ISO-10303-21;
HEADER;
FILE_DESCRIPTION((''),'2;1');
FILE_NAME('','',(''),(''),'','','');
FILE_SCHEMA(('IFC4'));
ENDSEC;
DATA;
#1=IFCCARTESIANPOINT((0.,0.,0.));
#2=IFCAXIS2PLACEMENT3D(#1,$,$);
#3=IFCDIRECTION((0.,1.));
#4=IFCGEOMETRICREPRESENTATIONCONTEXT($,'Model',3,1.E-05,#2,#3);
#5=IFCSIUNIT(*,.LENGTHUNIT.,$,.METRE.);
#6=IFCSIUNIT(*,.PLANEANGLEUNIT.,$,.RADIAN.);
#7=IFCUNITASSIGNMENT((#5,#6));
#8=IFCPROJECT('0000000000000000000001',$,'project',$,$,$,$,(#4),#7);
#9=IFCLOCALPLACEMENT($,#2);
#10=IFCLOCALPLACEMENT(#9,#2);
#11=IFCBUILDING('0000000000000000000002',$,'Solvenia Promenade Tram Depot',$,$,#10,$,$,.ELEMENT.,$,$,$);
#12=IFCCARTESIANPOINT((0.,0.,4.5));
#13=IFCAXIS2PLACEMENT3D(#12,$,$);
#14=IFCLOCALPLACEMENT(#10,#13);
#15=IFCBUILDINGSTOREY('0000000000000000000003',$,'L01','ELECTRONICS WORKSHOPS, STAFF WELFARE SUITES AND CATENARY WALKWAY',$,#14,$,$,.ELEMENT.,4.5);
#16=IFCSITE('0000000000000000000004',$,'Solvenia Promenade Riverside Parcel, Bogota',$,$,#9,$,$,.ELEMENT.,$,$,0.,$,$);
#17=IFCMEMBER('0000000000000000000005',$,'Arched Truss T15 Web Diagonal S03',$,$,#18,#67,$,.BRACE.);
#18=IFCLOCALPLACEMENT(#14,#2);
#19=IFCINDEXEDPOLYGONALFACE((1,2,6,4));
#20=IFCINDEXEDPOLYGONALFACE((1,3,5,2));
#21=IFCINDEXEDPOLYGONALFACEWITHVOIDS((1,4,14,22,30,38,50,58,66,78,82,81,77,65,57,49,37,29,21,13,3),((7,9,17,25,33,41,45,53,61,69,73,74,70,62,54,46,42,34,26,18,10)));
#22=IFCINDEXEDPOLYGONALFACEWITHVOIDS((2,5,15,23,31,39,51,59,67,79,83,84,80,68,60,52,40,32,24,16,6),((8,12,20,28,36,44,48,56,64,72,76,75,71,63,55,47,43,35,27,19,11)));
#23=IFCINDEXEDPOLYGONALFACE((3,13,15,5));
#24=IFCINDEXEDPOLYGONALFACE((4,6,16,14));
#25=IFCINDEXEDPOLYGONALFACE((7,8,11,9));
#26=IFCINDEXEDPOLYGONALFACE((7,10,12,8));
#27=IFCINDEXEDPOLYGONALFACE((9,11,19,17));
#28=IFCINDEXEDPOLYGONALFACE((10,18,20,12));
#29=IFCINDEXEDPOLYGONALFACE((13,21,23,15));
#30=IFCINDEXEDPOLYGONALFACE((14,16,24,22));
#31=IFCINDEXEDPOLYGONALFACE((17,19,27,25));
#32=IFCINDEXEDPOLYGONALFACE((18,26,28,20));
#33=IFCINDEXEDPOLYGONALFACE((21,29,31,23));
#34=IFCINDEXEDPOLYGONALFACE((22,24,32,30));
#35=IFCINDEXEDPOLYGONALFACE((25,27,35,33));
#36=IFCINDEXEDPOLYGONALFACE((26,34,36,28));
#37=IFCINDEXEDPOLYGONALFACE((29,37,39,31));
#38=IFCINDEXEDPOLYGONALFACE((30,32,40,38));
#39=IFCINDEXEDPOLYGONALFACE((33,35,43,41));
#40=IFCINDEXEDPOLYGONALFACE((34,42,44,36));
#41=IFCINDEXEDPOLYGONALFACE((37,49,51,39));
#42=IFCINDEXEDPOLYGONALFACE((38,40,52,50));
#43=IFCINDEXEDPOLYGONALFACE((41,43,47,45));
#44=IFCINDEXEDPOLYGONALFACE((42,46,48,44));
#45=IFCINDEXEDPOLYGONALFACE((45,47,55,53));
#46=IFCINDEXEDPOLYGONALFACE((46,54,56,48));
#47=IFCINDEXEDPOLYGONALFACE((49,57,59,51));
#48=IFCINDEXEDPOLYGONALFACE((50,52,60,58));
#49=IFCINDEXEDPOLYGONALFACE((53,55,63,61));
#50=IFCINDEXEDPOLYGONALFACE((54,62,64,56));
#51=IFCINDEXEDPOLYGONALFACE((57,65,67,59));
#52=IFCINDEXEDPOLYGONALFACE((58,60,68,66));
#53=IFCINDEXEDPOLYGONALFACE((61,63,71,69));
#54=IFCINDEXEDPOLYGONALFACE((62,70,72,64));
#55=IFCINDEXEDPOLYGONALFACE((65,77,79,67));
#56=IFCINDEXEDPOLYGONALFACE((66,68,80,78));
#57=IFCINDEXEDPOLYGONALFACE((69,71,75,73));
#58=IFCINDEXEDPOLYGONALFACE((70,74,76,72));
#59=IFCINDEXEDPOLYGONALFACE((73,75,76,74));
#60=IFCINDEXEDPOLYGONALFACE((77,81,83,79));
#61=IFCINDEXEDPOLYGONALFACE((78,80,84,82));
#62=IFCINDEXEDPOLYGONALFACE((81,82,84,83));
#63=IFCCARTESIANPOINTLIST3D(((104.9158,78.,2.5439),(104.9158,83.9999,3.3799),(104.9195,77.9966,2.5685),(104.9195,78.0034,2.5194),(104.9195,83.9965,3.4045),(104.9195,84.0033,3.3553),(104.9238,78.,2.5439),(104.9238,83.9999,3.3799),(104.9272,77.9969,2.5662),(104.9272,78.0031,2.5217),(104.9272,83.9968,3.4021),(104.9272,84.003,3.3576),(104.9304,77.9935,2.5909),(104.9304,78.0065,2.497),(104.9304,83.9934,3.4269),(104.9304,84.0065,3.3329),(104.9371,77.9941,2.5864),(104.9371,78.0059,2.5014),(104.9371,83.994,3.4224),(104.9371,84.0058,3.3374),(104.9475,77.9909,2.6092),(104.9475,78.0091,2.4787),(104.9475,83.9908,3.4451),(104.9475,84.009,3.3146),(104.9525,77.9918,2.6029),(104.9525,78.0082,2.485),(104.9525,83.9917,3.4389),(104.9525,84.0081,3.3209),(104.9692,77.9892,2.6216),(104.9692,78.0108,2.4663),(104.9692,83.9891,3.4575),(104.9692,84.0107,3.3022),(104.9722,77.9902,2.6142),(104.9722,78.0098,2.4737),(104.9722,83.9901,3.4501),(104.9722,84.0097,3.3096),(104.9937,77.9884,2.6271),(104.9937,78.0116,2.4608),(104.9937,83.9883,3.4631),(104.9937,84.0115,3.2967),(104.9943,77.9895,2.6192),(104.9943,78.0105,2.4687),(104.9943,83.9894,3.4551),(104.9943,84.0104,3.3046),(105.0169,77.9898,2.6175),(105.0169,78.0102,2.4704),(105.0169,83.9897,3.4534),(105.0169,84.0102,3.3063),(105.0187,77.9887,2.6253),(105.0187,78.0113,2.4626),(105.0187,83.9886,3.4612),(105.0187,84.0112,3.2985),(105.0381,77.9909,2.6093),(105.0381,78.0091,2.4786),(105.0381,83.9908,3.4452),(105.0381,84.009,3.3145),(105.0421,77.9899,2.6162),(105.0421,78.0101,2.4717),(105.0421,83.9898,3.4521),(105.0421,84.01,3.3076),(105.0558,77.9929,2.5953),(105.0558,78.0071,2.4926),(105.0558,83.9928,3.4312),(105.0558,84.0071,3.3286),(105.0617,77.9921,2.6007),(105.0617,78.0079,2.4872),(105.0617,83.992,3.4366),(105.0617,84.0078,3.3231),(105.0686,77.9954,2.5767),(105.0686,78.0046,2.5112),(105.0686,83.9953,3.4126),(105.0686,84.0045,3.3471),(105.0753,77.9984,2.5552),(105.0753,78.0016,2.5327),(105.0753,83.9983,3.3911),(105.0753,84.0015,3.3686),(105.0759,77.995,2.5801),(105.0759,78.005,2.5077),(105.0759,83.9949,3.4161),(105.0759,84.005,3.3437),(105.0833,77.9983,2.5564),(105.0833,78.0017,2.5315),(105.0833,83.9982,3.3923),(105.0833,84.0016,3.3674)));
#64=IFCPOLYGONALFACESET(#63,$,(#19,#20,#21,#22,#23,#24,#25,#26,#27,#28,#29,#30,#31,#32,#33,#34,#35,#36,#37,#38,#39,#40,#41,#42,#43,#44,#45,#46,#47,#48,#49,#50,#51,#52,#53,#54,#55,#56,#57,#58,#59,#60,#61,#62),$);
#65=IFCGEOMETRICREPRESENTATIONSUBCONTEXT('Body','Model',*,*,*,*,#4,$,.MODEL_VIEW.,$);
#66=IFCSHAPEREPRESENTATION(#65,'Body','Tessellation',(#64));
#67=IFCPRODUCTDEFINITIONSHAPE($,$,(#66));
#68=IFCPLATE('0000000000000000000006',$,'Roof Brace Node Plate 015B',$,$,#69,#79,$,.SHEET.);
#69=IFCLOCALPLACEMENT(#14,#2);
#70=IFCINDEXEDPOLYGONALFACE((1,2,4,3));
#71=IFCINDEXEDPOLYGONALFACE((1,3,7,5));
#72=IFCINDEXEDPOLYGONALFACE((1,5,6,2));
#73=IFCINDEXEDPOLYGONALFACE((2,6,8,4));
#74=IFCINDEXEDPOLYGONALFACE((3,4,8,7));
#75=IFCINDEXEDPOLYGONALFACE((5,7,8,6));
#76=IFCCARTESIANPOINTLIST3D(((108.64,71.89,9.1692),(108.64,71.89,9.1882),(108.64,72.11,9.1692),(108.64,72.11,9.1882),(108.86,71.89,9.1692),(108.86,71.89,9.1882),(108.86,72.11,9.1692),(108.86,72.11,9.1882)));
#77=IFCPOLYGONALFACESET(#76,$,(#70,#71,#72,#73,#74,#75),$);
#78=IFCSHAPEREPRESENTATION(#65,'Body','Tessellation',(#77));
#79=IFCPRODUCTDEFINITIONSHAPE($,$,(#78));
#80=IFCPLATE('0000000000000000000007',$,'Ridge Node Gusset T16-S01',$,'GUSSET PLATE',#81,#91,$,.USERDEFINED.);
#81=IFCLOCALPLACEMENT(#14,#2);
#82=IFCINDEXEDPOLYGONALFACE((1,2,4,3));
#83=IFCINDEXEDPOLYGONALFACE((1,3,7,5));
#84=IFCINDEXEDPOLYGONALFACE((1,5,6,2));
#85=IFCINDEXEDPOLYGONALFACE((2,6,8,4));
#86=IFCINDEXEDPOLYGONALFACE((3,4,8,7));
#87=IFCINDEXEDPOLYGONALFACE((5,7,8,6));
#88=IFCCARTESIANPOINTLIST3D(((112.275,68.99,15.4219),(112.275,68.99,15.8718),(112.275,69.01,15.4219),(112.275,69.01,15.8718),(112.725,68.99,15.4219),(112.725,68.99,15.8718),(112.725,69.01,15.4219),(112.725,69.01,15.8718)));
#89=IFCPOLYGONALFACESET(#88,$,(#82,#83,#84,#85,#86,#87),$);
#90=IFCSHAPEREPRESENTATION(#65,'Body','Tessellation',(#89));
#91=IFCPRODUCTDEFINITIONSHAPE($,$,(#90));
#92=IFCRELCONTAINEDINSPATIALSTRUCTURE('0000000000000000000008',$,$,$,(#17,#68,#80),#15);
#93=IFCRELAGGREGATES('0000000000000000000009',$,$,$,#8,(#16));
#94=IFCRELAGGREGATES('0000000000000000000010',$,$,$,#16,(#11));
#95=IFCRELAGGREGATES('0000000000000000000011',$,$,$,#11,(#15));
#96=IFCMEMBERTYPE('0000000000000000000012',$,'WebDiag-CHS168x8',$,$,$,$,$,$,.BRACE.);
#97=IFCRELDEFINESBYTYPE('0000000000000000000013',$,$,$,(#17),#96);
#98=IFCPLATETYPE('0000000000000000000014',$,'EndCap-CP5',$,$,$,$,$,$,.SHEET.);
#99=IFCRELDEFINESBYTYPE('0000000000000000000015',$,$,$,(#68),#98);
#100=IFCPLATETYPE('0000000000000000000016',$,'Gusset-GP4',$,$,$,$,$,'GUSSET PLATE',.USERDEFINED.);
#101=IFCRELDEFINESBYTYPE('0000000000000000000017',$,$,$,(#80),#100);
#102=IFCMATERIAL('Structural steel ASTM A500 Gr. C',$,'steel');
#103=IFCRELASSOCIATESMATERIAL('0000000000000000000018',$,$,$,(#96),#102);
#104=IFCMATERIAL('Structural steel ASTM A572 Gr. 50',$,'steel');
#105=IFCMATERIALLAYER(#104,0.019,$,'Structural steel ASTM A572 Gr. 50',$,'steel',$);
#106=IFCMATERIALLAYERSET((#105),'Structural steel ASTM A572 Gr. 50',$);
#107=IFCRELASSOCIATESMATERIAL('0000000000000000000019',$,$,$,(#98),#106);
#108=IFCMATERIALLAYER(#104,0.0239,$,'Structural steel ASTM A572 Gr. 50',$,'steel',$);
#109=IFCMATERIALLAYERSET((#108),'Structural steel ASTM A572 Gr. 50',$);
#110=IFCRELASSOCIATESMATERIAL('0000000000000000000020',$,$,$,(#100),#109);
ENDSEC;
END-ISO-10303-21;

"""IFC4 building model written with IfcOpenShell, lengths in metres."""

from ifc_helpers import new_model, si_unit, direction, frame, origin, origin_2d, place, context, subcontext, project, spatial, rectangle, hollow_circle, extrude, material, layer, layer_set, material_profile, profile_set, type_object, element, save


model = new_model("IFC4")

# Units and contexts
model_context = context("Model", 3, precision=1e-05, world=origin(), true_north=direction((0.0, 1.0)))
body_context = subcontext(model_context, "Body", "Model", "MODEL_VIEW")
ifc_project = project(units=[si_unit("LENGTHUNIT", "METRE"), si_unit("PLANEANGLEUNIT", "RADIAN")], contexts=[model_context])

# Site, building, storey
site_placement = place(None, origin())
site = spatial("IfcSite", under=ifc_project, at=site_placement, Name="Solvenia Promenade Riverside Parcel, Bogota", CompositionType="ELEMENT", RefElevation=0.0)
building_placement = place(site_placement, origin())
building = spatial("IfcBuilding", under=site, at=building_placement, Name="Solvenia Promenade Tram Depot", CompositionType="ELEMENT")
storey_placement = place(building_placement, frame((0.0, 0.0, 4.5)))
storey = spatial("IfcBuildingStorey", under=building, at=storey_placement, Name="L01", Description="ELECTRONICS WORKSHOPS, STAFF WELFARE SUITES AND CATENARY WALKWAY", CompositionType="ELEMENT", Elevation=4.5)

# Shared definitions
ifc_material_1 = material(Name="Structural steel ASTM A500 Gr. C", Category="steel")

# Member
ifc_material_profile_1 = material_profile(ifc_material_1, hollow_circle(Radius=0.0842, WallThickness=0.0081, at=origin_2d()), Name="CHS168.3x8", Category="steel")
ifc_profile_set_1 = profile_set([ifc_material_profile_1], Name="Structural steel ASTM A500 Gr. C")
member_type_1 = type_object("IfcMemberType", Name="WebDiag-CHS168x8", PredefinedType="BRACE", material=ifc_profile_set_1)
member_1_placement = place(storey_placement, frame((105.0, 78.0, 2.5439), z_axis=(0.0, 0.990434, 0.13799), x_axis=(-1.0, 0.0, 0.0)))
element("IfcMember", 1, at=member_1_placement, inside=storey, type_object=member_type_1, Name="Arched Truss T15 Web Diagonal S03", PredefinedType="BRACE", context=body_context, shape_type="SweptSolid", body=[
    extrude(hollow_circle(Radius=0.0842, WallThickness=0.0081, at=origin_2d()), origin(), (0.0, 0.0, 1.0), 6.0579),
])

# Plates
ifc_material_2 = material(Name="Structural steel ASTM A572 Gr. 50", Category="steel")
ifc_layer_1 = layer(ifc_material_2, 0.019, Name="Structural steel ASTM A572 Gr. 50", Category="steel")
ifc_layer_set_1 = layer_set([ifc_layer_1], Name="Structural steel ASTM A572 Gr. 50")
plate_type_1 = type_object("IfcPlateType", Name="EndCap-CP5", PredefinedType="SHEET", material=ifc_layer_set_1)
plate_1_placement = place(storey_placement, frame((108.75, 72.0, 9.1692), z_axis=(0.0, 0.0, 1.0), x_axis=(1.0, 0.0, 0.0)))
element("IfcPlate", 2, at=plate_1_placement, inside=storey, type_object=plate_type_1, Name="Roof Brace Node Plate 015B", PredefinedType="SHEET", context=body_context, shape_type="SweptSolid", body=[
    extrude(rectangle(XDim=0.22, YDim=0.22, at=origin_2d()), origin(), (0.0, 0.0, 1.0), 0.019),
])
ifc_layer_2 = layer(ifc_material_2, 0.0239, Name="Structural steel ASTM A572 Gr. 50", Category="steel")
ifc_layer_set_2 = layer_set([ifc_layer_2], Name="Structural steel ASTM A572 Gr. 50")
plate_type_2 = type_object("IfcPlateType", Name="Gusset-GP4", ElementType="GUSSET PLATE", PredefinedType="USERDEFINED", material=ifc_layer_set_2)
plate_2_placement = place(storey_placement, frame((112.5, 69.0, 15.4219), z_axis=(0.0, 0.0, 1.0), x_axis=(1.0, 0.0, 0.0)))
element("IfcPlate", 3, at=plate_2_placement, inside=storey, type_object=plate_type_2, Name="Ridge Node Gusset T16-S01", ObjectType="GUSSET PLATE", PredefinedType="USERDEFINED", context=body_context, shape_type="SweptSolid", body=[
    extrude(rectangle(XDim=0.45, YDim=0.02, at=origin_2d()), origin(), (0.0, 0.0, 1.0), 0.45),
])

save(model, "model.ifc")
